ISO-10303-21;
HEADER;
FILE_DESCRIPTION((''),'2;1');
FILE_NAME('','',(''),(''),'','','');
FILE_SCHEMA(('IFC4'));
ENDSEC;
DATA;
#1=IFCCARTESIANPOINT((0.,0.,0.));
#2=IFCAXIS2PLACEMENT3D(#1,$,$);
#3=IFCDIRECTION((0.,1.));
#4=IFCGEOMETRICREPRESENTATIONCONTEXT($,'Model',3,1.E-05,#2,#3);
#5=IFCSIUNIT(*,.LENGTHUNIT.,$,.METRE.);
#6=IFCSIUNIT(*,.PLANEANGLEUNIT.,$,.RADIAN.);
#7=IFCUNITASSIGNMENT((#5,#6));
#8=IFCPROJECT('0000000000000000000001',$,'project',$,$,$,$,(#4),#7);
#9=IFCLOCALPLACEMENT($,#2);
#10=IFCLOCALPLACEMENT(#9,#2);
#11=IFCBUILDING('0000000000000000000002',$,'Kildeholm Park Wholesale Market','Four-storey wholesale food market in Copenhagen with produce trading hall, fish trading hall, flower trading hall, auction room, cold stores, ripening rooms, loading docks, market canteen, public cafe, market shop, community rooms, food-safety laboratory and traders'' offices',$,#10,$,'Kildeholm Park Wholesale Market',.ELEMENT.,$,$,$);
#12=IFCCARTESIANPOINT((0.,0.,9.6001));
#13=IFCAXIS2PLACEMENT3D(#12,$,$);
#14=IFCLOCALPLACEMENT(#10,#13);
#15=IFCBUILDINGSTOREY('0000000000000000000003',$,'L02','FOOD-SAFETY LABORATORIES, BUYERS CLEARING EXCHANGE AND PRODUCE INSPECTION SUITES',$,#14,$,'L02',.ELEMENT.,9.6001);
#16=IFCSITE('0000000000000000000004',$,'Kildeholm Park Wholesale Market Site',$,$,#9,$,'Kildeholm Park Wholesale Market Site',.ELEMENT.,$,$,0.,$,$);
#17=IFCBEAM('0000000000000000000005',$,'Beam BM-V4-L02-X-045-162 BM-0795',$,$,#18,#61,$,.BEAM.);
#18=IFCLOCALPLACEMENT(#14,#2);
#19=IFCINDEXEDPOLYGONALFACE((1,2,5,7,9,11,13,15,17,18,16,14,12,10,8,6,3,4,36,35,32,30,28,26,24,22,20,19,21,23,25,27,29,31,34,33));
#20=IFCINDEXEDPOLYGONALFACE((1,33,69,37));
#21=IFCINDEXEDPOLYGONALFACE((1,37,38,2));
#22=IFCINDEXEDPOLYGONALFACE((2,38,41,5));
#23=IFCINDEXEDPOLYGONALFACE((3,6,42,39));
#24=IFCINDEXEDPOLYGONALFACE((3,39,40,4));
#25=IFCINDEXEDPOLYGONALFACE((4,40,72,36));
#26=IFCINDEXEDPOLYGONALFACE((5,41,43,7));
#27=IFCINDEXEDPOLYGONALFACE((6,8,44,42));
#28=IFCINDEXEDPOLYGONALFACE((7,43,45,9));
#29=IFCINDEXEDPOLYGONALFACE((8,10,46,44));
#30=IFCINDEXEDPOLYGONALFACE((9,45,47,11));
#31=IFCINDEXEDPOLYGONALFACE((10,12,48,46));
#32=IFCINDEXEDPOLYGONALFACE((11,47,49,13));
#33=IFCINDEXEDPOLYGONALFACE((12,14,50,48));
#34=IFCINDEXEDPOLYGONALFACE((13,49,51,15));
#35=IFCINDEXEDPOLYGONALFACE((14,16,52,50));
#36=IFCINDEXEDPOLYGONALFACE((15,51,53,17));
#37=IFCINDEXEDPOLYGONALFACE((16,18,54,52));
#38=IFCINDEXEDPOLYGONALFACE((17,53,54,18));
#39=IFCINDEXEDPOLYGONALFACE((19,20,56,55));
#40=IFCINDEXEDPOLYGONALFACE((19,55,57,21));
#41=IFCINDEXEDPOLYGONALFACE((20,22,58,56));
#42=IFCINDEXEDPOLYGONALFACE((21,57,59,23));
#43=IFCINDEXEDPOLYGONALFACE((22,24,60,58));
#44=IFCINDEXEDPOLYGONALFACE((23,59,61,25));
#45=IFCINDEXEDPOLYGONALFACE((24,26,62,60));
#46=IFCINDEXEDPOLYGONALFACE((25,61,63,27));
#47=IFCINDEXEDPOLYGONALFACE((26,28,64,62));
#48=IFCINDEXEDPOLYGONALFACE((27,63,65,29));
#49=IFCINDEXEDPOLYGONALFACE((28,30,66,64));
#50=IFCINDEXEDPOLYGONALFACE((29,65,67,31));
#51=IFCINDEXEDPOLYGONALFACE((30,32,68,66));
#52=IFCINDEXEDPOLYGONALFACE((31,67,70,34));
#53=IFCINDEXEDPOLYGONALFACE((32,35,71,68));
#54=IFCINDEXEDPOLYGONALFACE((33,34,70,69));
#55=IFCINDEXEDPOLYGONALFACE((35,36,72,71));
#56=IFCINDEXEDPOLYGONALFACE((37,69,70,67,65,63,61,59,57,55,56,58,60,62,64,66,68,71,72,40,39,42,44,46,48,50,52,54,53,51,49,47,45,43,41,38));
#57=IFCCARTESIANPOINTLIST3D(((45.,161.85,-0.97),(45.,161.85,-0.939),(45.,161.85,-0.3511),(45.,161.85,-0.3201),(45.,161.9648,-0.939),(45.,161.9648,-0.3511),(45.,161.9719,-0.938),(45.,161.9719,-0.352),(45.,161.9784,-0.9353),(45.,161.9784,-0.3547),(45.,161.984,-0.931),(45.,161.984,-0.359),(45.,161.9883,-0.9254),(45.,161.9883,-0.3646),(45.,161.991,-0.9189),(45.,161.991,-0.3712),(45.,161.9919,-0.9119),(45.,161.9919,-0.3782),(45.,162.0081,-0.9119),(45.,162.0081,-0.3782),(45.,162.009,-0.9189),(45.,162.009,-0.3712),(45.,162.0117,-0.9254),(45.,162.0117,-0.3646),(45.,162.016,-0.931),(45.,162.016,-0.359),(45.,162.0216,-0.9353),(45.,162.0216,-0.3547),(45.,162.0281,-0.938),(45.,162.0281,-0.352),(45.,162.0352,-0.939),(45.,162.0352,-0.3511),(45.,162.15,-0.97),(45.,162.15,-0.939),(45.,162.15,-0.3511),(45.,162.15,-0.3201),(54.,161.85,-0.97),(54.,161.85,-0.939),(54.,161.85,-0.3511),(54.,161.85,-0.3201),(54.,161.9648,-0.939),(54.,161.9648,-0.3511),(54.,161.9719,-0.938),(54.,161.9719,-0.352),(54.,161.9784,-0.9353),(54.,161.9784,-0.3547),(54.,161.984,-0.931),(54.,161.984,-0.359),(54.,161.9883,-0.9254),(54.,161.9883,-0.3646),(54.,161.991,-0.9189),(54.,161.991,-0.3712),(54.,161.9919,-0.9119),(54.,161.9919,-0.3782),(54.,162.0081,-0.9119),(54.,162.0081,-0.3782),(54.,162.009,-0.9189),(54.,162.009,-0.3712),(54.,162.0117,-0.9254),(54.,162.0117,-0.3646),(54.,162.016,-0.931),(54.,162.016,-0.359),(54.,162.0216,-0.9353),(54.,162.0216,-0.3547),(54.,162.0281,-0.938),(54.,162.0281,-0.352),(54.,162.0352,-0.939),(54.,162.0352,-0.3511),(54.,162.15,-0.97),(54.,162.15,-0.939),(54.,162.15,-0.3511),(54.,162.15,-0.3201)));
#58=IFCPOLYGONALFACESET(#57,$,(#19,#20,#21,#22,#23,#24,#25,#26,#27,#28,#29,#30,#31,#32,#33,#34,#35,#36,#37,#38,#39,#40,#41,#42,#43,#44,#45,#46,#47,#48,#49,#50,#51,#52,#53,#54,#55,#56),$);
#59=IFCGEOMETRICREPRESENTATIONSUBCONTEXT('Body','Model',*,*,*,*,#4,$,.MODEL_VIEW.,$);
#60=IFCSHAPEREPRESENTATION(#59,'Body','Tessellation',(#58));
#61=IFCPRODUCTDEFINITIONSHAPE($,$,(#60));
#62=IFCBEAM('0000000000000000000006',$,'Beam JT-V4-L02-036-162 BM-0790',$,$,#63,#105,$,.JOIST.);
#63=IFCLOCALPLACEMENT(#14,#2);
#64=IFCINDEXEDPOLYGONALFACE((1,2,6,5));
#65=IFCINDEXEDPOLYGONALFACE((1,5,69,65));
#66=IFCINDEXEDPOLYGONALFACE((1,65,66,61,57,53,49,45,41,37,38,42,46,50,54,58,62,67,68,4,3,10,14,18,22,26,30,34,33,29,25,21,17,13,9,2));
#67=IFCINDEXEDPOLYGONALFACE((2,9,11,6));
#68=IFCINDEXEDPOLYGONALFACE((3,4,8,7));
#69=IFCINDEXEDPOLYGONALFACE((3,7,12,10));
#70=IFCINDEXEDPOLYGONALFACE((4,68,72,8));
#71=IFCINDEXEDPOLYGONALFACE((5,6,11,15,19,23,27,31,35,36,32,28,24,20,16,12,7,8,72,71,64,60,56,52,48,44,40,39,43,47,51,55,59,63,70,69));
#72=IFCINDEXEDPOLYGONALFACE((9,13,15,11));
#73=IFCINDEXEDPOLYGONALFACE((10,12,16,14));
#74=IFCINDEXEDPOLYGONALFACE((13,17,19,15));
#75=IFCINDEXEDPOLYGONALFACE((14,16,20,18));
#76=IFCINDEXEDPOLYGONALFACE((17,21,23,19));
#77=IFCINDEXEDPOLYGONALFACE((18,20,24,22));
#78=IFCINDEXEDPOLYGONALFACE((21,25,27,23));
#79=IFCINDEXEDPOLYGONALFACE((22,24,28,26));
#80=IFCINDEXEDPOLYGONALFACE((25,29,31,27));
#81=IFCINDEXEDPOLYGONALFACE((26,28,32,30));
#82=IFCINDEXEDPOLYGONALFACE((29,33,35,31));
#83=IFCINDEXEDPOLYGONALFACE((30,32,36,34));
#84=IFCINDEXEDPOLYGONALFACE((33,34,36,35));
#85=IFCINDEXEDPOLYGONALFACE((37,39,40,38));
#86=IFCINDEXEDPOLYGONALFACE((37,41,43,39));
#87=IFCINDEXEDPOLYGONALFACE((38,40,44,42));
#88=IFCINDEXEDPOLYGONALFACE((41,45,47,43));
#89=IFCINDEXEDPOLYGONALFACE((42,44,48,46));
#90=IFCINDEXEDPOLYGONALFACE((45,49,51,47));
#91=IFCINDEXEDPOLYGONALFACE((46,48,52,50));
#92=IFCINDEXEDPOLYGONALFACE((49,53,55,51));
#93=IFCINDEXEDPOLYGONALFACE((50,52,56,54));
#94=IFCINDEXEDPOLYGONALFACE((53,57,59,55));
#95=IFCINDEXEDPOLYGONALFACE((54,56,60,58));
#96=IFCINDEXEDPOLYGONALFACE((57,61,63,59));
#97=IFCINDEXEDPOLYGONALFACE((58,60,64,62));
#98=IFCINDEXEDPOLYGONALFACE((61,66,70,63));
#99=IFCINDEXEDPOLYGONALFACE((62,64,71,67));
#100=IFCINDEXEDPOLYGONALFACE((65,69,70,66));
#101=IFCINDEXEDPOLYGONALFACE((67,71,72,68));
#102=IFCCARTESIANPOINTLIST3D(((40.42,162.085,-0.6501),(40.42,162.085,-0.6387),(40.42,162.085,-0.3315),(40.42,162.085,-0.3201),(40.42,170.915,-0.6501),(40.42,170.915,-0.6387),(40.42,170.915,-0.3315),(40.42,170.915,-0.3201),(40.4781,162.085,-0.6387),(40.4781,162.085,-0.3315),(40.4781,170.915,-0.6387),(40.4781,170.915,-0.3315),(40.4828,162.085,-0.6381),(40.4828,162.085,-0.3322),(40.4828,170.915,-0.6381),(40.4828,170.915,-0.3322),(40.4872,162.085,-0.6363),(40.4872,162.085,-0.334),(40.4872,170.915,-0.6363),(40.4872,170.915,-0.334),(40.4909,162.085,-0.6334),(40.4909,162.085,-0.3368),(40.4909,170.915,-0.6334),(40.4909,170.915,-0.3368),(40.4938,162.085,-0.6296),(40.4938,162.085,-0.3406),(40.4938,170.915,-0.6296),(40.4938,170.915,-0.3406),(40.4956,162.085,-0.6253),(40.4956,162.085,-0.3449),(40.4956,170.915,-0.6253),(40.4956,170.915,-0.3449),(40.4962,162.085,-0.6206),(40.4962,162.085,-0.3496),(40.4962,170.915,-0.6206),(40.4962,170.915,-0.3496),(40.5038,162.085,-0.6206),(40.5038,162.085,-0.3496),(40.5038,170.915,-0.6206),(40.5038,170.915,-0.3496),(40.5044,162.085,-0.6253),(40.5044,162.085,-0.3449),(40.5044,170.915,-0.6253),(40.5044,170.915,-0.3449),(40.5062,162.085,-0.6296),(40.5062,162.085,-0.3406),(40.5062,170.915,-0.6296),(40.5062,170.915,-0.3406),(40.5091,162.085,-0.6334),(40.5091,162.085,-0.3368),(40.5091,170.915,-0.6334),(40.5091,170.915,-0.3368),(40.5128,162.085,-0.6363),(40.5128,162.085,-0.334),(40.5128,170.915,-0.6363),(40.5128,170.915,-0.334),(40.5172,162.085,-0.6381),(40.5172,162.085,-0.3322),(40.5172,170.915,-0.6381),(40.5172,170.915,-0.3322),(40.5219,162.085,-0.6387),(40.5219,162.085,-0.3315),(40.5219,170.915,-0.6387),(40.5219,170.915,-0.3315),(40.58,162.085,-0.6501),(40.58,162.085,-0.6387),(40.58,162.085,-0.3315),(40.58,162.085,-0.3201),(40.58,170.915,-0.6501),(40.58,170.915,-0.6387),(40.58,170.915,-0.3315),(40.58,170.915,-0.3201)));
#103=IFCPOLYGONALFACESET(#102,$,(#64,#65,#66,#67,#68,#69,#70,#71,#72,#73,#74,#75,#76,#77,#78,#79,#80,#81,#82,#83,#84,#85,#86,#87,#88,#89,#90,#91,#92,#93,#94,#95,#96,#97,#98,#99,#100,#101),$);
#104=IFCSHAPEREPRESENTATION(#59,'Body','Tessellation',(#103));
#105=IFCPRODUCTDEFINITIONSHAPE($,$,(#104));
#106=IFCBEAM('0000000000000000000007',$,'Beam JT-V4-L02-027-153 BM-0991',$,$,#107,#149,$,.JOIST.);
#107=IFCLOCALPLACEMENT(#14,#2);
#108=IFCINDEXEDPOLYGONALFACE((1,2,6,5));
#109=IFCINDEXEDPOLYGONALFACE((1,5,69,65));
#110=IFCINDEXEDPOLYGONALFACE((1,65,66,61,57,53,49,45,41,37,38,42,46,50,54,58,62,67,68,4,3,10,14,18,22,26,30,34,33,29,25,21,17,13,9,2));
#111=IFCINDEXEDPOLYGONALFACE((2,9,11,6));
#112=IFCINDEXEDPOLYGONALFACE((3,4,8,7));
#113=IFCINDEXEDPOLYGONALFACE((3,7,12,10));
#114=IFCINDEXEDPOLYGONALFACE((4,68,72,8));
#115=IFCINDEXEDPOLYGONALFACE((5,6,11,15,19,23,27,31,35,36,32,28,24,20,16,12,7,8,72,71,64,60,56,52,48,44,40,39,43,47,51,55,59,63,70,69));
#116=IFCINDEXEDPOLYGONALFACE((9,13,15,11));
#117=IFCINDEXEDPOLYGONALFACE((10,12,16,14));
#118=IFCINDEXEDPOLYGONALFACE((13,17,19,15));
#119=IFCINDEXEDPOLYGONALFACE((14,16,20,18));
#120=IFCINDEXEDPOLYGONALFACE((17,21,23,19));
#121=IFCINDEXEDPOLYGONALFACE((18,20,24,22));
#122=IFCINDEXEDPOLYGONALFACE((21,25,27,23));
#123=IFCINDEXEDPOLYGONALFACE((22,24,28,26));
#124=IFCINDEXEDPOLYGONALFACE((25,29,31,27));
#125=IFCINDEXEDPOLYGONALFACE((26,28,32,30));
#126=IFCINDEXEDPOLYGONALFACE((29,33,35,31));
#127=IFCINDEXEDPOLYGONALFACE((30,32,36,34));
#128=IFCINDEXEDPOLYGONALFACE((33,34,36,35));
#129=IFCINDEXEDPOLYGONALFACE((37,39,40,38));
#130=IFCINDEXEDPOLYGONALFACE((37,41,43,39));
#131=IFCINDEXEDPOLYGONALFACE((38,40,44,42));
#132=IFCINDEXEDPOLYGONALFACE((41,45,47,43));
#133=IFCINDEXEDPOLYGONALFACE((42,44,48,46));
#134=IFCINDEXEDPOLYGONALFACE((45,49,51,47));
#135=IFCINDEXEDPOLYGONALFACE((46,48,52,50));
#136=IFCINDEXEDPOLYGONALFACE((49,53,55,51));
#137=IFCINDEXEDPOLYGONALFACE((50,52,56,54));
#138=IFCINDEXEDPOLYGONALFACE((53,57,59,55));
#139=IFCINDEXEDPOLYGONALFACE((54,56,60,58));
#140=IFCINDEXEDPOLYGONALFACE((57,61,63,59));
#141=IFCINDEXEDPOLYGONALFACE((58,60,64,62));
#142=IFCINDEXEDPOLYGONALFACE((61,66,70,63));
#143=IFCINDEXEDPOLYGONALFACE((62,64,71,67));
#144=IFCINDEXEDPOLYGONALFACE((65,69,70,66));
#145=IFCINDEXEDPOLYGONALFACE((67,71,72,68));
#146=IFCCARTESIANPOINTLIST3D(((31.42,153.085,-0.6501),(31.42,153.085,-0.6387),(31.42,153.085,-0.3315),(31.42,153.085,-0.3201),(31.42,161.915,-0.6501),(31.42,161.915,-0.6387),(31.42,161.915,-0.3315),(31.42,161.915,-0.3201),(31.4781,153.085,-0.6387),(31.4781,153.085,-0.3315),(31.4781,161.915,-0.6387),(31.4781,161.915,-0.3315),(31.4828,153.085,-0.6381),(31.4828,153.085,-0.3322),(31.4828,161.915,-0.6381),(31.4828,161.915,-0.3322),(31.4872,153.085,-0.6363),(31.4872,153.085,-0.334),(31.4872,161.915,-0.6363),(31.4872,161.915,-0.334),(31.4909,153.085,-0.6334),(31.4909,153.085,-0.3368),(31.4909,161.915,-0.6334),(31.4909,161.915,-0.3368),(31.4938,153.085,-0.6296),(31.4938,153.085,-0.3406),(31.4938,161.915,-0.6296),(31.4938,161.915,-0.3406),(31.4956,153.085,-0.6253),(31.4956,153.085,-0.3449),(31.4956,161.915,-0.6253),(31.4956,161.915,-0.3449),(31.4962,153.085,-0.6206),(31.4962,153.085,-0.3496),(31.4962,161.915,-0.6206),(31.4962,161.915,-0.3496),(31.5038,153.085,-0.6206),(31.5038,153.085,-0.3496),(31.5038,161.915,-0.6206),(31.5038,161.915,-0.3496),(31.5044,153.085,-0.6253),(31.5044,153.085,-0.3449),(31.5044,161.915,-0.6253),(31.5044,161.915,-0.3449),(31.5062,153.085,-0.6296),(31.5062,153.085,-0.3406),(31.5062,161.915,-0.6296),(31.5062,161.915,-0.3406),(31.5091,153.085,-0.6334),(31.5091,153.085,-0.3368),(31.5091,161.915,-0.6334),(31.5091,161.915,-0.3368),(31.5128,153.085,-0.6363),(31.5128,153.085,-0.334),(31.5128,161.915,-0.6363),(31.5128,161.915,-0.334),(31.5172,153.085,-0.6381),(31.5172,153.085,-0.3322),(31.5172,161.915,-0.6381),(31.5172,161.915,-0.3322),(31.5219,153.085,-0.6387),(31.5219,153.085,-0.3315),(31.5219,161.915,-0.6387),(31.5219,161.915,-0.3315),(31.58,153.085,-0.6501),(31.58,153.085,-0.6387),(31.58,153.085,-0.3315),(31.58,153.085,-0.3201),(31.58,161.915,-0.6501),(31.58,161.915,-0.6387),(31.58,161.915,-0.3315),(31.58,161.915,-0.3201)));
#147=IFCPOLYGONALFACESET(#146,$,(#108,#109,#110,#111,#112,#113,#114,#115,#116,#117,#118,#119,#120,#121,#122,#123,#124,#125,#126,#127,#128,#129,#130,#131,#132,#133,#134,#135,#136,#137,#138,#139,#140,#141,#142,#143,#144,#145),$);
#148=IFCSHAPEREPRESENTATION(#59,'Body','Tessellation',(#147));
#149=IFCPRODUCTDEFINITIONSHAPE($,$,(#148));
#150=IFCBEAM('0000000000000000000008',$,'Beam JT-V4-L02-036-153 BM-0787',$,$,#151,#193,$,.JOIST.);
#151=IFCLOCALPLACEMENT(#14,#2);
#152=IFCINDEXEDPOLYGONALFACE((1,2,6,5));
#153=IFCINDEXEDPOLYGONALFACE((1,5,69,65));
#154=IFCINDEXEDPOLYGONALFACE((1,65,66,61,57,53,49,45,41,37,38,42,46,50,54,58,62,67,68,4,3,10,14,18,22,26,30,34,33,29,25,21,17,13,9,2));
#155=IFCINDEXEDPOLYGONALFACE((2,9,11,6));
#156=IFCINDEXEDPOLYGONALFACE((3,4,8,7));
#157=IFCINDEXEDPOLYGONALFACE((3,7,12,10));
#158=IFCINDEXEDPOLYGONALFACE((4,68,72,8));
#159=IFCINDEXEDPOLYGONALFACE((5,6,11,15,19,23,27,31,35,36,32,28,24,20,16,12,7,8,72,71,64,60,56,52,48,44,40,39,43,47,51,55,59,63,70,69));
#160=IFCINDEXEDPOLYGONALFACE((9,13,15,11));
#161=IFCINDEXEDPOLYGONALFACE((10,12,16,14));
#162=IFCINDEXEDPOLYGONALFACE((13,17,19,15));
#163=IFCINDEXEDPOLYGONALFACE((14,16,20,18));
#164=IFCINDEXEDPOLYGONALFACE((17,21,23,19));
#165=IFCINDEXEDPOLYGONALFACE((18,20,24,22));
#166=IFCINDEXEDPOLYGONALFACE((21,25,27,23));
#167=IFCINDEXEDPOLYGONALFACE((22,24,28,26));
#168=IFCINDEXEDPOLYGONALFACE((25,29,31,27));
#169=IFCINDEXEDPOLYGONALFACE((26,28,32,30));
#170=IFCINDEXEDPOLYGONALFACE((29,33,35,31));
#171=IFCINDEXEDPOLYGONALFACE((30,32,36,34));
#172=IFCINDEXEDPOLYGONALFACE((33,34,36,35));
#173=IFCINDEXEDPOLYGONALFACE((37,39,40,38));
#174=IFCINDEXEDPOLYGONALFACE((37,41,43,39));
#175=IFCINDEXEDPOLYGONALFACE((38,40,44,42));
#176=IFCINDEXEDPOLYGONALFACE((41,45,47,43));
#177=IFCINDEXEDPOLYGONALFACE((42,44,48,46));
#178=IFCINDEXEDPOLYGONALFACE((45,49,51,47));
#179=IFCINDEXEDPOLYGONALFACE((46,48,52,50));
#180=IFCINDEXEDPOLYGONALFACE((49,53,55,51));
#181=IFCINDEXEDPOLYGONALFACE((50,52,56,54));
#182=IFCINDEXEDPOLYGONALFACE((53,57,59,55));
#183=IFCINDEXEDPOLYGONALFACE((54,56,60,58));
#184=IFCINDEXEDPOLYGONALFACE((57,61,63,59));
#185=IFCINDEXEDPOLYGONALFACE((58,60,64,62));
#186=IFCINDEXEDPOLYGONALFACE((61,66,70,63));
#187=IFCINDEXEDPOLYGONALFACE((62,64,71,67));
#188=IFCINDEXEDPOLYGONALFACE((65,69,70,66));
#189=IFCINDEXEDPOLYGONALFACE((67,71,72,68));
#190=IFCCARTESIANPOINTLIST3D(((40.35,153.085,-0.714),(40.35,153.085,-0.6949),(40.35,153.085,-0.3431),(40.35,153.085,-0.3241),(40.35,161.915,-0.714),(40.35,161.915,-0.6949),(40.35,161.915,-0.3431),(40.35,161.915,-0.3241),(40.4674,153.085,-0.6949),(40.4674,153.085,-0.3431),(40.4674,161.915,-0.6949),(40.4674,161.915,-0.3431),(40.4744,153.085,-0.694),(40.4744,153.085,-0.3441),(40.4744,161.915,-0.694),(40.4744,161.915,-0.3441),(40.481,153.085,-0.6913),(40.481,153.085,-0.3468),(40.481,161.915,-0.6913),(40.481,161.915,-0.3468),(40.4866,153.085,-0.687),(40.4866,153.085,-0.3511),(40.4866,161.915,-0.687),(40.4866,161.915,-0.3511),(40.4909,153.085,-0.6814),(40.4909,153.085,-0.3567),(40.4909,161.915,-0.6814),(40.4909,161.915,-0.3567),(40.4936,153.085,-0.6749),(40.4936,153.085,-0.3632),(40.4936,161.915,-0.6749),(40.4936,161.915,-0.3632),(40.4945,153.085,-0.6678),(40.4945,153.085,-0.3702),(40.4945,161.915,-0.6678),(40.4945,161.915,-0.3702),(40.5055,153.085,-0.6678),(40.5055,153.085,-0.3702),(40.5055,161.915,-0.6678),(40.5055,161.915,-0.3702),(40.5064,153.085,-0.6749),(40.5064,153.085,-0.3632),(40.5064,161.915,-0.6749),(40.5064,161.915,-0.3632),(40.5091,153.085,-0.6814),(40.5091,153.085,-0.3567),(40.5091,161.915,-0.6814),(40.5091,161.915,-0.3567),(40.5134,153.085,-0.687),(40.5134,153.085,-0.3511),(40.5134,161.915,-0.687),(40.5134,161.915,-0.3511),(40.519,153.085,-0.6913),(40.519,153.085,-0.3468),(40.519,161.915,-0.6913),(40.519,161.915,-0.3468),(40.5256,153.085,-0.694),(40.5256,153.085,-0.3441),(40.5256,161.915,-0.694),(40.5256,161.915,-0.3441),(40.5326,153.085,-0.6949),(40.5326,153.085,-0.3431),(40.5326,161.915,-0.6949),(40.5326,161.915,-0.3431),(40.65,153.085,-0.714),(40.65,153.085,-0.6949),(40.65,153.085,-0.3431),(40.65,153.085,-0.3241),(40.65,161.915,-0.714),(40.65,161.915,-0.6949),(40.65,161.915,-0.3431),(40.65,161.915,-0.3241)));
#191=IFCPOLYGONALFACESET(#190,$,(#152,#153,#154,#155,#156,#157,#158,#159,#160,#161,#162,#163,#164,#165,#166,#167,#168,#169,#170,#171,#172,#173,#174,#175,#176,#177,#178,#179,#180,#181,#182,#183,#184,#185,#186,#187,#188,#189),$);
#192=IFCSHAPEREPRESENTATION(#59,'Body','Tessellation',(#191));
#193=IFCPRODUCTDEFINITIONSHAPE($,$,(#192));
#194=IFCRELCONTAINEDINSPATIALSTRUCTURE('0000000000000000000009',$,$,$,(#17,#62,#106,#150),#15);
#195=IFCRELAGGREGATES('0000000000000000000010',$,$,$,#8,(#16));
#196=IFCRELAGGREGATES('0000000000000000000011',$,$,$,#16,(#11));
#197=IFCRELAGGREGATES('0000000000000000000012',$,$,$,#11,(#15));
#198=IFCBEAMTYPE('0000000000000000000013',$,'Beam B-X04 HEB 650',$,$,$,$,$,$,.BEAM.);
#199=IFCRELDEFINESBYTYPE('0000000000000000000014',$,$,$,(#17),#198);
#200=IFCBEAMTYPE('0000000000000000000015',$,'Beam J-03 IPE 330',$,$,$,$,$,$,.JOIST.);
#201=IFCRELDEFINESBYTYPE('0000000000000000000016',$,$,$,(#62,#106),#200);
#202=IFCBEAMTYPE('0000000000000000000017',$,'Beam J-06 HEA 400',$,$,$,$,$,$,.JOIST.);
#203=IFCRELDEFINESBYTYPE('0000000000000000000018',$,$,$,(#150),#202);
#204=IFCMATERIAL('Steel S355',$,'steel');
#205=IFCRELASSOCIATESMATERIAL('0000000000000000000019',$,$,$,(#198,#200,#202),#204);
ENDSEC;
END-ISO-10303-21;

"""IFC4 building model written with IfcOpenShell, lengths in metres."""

from ifc_helpers import new_model, si_unit, direction, frame, origin, origin_2d, place, context, subcontext, project, spatial, i_section, extrude, material, material_profile, profile_set, type_object, element, save


model = new_model("IFC4")

# Units and contexts
model_context = context("Model", 3, precision=1e-05, world=origin(), true_north=direction((0.0, 1.0)))
body_context = subcontext(model_context, "Body", "Model", "MODEL_VIEW")
ifc_project = project(units=[si_unit("LENGTHUNIT", "METRE"), si_unit("PLANEANGLEUNIT", "RADIAN")], contexts=[model_context])

# Site, building, storey
site_placement = place(None, origin())
site = spatial("IfcSite", under=ifc_project, at=site_placement, Name="Kildeholm Park Wholesale Market Site", LongName="Kildeholm Park Wholesale Market Site", CompositionType="ELEMENT", RefElevation=0.0)
building_placement = place(site_placement, origin())
building = spatial("IfcBuilding", under=site, at=building_placement, Name="Kildeholm Park Wholesale Market", Description="Four-storey wholesale food market in Copenhagen with produce trading hall, fish trading hall, flower trading hall, auction room, cold stores, ripening rooms, loading docks, market canteen, public cafe, market shop, community rooms, food-safety laboratory and traders' offices", LongName="Kildeholm Park Wholesale Market", CompositionType="ELEMENT")
storey_placement = place(building_placement, frame((0.0, 0.0, 9.6001)))
storey = spatial("IfcBuildingStorey", under=building, at=storey_placement, Name="L02", Description="FOOD-SAFETY LABORATORIES, BUYERS CLEARING EXCHANGE AND PRODUCE INSPECTION SUITES", LongName="L02", CompositionType="ELEMENT", Elevation=9.6001)

# Beams
ifc_material_1 = material(Name="Steel S355", Category="steel")
ifc_material_profile_1 = material_profile(ifc_material_1, i_section(OverallWidth=0.3, OverallDepth=0.6499, WebThickness=0.0161, FlangeThickness=0.031, FilletRadius=0.0271, at=origin_2d()), Name="HEB 650")
ifc_profile_set_1 = profile_set([ifc_material_profile_1], Name="Steel S355")
beam_type_1 = type_object("IfcBeamType", Name="Beam B-X04 HEB 650", PredefinedType="BEAM", material=ifc_profile_set_1)
beam_1_placement = place(storey_placement, frame((45.0, 162.0, -0.645), z_axis=(1.0, 0.0, 0.0), x_axis=(0.0, 1.0, 0.0)))
element("IfcBeam", 1, at=beam_1_placement, inside=storey, type_object=beam_type_1, Name="Beam BM-V4-L02-X-045-162 BM-0795", PredefinedType="BEAM", context=body_context, shape_type="SweptSolid", body=[
    extrude(i_section(OverallWidth=0.3, OverallDepth=0.6499, WebThickness=0.0161, FlangeThickness=0.031, FilletRadius=0.0271, at=origin_2d()), origin(), (0.0, 0.0, 1.0), 9.0),
])
ifc_material_profile_2 = material_profile(ifc_material_1, i_section(OverallWidth=0.1599, OverallDepth=0.3301, WebThickness=0.0076, FlangeThickness=0.0115, FilletRadius=0.0181, at=origin_2d()), Name="IPE 330")
ifc_profile_set_2 = profile_set([ifc_material_profile_2], Name="Steel S355")
beam_type_2 = type_object("IfcBeamType", Name="Beam J-03 IPE 330", PredefinedType="JOIST", material=ifc_profile_set_2)
for number, where, z_axis, x_axis, name in (
    (2, (40.5, 162.085, -0.4851), (0.0, 1.0, 0.0), (-1.0, 0.0, 0.0), "Beam JT-V4-L02-036-162 BM-0790"),
    (3, (31.5, 153.085, -0.4851), (0.0, 1.0, 0.0), (-1.0, 0.0, 0.0), "Beam JT-V4-L02-027-153 BM-0991"),
):
    element("IfcBeam", number, at=place(storey_placement, frame(where, z_axis=z_axis, x_axis=x_axis)), inside=storey, type_object=beam_type_2, Name=name, PredefinedType="JOIST", context=body_context, shape_type="SweptSolid", body=[
        extrude(i_section(OverallWidth=0.1599, OverallDepth=0.3301, WebThickness=0.0076, FlangeThickness=0.0115, FilletRadius=0.0181, at=origin_2d()), origin(), (0.0, 0.0, 1.0), 8.8301),
    ])
ifc_material_profile_3 = material_profile(ifc_material_1, i_section(OverallWidth=0.3, OverallDepth=0.3899, WebThickness=0.011, FlangeThickness=0.019, FilletRadius=0.0271, at=origin_2d()), Name="HEA 400")
ifc_profile_set_3 = profile_set([ifc_material_profile_3], Name="Steel S355")
beam_type_3 = type_object("IfcBeamType", Name="Beam J-06 HEA 400", PredefinedType="JOIST", material=ifc_profile_set_3)
for number, where, z_axis, x_axis, name in (
    (4, (40.5, 153.085, -0.519), (0.0, 1.0, 0.0), (-1.0, 0.0, 0.0), "Beam JT-V4-L02-036-153 BM-0787"),
):
    element("IfcBeam", number, at=place(storey_placement, frame(where, z_axis=z_axis, x_axis=x_axis)), inside=storey, type_object=beam_type_3, Name=name, PredefinedType="JOIST", context=body_context, shape_type="SweptSolid", body=[
        extrude(i_section(OverallWidth=0.3, OverallDepth=0.3899, WebThickness=0.011, FlangeThickness=0.019, FilletRadius=0.0271, at=origin_2d()), origin(), (0.0, 0.0, 1.0), 8.8301),
    ])

save(model, "model.ifc")
